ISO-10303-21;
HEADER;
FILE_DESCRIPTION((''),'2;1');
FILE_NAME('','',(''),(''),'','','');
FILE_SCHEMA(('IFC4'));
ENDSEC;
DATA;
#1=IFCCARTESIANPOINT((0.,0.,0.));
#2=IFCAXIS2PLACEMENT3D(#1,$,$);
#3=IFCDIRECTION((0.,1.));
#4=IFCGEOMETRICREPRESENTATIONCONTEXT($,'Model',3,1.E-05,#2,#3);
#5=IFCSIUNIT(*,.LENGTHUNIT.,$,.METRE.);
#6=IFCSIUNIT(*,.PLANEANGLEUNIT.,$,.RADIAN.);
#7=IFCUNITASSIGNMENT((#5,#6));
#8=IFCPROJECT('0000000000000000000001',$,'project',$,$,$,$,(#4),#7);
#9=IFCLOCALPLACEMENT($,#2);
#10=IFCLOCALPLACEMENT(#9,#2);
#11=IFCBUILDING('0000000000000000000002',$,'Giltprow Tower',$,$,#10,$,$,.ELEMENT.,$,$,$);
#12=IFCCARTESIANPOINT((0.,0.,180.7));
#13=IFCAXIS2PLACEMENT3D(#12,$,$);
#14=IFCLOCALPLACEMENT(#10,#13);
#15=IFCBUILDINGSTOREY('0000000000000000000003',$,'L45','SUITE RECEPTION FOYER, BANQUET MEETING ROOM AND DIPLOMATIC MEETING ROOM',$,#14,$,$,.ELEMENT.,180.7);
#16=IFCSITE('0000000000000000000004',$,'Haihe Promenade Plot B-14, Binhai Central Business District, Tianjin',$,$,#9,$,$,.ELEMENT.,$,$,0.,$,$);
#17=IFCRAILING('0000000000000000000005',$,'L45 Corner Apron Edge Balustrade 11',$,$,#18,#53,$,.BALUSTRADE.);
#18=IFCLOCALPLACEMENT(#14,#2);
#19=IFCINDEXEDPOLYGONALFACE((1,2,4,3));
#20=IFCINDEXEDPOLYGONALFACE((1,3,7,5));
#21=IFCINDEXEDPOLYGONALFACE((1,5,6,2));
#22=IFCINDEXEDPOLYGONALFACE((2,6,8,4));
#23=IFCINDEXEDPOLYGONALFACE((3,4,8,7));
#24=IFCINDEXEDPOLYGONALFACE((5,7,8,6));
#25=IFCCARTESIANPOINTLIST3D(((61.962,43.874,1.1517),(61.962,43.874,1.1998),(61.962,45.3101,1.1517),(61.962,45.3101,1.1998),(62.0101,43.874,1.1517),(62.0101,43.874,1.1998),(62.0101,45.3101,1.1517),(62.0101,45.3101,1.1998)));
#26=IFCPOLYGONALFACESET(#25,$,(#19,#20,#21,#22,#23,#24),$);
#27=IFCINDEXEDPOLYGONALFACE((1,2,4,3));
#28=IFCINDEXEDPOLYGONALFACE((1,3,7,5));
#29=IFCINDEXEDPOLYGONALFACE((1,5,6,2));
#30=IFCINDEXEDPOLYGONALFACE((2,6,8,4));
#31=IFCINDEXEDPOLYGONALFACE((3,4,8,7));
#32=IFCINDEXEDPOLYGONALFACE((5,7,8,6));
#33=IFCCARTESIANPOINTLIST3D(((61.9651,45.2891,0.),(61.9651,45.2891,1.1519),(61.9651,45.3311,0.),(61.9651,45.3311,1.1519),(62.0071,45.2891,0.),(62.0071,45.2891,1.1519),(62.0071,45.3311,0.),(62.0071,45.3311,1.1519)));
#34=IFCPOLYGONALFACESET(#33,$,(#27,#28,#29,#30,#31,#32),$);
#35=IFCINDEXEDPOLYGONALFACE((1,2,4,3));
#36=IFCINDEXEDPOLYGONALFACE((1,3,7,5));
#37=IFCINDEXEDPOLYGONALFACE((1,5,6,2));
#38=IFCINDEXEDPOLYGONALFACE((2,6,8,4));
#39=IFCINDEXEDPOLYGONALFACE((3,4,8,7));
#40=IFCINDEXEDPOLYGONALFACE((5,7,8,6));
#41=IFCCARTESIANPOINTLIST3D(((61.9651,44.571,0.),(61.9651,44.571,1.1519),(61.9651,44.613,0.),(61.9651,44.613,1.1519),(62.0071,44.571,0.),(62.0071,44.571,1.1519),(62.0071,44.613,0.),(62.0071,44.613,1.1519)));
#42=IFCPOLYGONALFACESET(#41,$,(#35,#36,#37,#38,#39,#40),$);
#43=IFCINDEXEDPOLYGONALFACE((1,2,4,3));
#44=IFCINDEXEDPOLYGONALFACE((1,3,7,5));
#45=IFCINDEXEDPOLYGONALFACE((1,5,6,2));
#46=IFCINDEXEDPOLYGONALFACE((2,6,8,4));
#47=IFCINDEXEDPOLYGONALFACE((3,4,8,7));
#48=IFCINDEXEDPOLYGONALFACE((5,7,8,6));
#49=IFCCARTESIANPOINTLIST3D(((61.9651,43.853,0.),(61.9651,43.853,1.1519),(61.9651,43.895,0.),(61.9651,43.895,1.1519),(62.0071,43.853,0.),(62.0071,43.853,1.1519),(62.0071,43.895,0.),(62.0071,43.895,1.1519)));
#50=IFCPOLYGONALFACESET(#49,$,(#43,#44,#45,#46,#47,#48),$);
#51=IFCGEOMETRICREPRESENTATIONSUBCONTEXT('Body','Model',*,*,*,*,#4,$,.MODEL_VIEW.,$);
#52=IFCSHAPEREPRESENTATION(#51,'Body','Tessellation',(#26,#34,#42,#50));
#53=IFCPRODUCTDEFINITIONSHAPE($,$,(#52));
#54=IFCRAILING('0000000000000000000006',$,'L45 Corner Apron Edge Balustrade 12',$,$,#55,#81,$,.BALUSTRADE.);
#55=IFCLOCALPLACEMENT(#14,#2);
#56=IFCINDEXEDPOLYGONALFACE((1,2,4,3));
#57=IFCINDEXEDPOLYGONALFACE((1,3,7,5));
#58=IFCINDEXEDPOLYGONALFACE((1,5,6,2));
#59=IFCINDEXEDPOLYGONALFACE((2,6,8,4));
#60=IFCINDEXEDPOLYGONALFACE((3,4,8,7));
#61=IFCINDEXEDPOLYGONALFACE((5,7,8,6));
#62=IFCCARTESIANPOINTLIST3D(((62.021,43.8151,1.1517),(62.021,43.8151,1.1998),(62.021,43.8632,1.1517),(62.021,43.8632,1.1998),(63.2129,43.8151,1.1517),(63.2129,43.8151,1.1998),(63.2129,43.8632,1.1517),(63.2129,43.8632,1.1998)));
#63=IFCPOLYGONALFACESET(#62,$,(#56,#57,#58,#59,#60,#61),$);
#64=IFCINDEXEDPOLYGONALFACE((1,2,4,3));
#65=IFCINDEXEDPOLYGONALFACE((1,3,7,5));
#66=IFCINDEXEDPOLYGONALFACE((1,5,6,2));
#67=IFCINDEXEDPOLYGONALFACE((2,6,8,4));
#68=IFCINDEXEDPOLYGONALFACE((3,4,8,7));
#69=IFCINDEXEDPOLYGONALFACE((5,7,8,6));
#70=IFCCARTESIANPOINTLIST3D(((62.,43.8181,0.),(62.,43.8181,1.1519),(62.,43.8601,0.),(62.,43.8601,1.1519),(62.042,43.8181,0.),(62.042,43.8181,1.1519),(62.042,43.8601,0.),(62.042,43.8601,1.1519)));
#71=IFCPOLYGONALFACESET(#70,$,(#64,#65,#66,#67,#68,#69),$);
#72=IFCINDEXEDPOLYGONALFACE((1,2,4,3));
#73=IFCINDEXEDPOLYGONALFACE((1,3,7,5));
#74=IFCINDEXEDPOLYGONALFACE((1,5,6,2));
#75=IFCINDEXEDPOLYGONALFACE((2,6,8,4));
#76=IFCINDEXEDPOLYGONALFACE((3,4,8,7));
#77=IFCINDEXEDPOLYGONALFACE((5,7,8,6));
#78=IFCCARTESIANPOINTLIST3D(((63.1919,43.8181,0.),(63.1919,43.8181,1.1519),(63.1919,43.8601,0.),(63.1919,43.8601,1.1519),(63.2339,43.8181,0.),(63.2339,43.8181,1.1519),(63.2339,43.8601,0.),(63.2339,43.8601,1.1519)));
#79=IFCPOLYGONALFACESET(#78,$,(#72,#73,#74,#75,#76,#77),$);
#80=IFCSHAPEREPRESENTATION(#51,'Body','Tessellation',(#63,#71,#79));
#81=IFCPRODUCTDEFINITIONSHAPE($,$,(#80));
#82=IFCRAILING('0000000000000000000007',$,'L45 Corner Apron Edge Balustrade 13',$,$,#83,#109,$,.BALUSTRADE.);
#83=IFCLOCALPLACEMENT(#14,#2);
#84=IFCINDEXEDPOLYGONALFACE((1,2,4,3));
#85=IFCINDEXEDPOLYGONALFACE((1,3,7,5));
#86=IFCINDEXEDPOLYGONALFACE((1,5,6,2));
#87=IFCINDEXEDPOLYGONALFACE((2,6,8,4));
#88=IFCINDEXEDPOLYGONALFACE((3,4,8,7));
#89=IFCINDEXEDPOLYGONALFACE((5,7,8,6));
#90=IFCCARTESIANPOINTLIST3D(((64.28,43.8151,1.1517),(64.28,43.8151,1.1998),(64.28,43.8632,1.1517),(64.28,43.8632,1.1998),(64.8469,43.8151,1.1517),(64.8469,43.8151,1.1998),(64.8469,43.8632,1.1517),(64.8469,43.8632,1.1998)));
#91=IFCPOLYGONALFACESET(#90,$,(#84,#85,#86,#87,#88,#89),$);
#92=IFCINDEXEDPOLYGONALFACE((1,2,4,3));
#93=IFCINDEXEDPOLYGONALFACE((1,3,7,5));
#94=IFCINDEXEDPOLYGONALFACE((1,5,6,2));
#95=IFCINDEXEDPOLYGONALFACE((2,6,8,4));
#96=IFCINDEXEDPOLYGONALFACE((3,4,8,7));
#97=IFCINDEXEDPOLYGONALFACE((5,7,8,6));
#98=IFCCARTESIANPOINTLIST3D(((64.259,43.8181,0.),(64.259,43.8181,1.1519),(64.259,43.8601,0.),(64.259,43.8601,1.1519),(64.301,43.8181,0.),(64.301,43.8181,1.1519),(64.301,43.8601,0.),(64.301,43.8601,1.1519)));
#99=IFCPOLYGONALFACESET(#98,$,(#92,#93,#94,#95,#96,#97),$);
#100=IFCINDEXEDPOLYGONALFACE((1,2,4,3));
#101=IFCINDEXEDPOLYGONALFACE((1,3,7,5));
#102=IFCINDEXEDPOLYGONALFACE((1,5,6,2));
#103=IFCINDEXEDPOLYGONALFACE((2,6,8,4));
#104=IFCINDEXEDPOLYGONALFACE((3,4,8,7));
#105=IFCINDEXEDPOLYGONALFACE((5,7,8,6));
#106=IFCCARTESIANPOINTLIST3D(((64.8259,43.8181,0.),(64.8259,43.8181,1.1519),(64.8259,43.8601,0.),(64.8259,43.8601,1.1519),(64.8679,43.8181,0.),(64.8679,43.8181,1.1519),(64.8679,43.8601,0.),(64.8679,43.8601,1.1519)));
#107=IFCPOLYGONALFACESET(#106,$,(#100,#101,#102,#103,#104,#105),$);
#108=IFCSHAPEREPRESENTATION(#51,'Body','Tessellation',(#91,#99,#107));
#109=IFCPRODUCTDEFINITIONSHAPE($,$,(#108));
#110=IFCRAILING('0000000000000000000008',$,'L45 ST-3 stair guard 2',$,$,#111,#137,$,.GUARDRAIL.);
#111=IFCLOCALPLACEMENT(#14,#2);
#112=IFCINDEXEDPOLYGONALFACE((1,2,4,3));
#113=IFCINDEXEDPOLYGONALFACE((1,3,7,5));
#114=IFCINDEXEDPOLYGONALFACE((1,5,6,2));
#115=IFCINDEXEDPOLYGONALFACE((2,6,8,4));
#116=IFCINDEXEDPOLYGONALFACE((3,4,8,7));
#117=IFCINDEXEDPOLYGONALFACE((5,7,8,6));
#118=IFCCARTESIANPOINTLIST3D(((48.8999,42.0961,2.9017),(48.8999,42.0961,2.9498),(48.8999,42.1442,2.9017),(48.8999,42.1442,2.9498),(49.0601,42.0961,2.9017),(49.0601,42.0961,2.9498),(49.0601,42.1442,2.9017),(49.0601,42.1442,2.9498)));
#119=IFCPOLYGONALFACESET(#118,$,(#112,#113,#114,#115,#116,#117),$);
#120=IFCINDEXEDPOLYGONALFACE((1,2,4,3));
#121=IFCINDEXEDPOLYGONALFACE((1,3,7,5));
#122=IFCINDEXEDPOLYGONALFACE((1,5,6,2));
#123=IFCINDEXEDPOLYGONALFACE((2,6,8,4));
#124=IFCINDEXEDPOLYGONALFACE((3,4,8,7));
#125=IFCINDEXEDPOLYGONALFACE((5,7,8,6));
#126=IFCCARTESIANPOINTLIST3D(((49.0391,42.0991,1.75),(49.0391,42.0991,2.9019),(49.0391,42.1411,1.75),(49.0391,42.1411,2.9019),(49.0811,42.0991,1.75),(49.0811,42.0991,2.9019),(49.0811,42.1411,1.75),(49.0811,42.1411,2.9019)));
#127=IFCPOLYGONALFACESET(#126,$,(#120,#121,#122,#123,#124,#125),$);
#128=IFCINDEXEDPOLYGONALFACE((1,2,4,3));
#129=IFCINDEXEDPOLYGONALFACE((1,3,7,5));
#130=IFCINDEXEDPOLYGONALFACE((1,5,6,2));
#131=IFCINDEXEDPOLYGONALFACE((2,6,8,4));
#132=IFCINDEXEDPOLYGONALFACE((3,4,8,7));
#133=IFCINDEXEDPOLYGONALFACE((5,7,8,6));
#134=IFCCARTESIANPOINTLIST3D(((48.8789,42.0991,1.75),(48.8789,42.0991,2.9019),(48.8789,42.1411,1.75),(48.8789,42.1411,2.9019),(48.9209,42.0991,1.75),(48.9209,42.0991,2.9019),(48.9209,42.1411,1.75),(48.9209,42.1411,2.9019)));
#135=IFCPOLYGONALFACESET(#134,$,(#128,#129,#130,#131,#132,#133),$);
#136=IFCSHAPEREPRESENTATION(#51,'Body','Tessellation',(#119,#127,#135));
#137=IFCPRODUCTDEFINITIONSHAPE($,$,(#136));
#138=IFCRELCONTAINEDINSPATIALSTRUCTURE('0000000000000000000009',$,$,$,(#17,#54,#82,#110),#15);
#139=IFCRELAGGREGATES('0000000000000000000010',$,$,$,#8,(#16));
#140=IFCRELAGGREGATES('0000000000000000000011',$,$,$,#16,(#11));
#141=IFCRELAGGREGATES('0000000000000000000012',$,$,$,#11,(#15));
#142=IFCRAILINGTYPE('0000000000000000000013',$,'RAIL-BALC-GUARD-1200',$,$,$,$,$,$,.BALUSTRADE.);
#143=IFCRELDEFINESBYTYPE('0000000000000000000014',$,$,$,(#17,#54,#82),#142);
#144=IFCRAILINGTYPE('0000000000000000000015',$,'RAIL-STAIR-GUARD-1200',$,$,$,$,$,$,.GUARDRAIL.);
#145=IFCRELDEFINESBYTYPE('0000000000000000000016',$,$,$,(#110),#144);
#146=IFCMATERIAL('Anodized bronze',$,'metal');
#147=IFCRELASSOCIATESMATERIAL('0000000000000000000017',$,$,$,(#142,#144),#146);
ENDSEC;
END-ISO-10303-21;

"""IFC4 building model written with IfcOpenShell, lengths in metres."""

from ifc_helpers import new_model, si_unit, direction, frame, origin, origin_2d, place, context, subcontext, project, spatial, rectangle, extrude, material, type_object, element, save


model = new_model("IFC4")

# Units and contexts
model_context = context("Model", 3, precision=1e-05, world=origin(), true_north=direction((0.0, 1.0)))
body_context = subcontext(model_context, "Body", "Model", "MODEL_VIEW")
ifc_project = project(units=[si_unit("LENGTHUNIT", "METRE"), si_unit("PLANEANGLEUNIT", "RADIAN")], contexts=[model_context])

# Site, building, storey
site_placement = place(None, origin())
site = spatial("IfcSite", under=ifc_project, at=site_placement, Name="Haihe Promenade Plot B-14, Binhai Central Business District, Tianjin", CompositionType="ELEMENT", RefElevation=0.0)
building_placement = place(site_placement, origin())
building = spatial("IfcBuilding", under=site, at=building_placement, Name="Giltprow Tower", CompositionType="ELEMENT")
storey_placement = place(building_placement, frame((0.0, 0.0, 180.7)))
storey = spatial("IfcBuildingStorey", under=building, at=storey_placement, Name="L45", Description="SUITE RECEPTION FOYER, BANQUET MEETING ROOM AND DIPLOMATIC MEETING ROOM", CompositionType="ELEMENT", Elevation=180.7)

# Railings
ifc_material_1 = material(Name="Anodized bronze", Category="metal")
railing_type_1 = type_object("IfcRailingType", Name="RAIL-BALC-GUARD-1200", PredefinedType="BALUSTRADE", material=ifc_material_1)
railing_1_placement = place(storey_placement, frame((61.9861, 45.3101, 0.0)))
element("IfcRailing", 1, at=railing_1_placement, inside=storey, type_object=railing_type_1, Name="L45 Corner Apron Edge Balustrade 11", PredefinedType="BALUSTRADE", context=body_context, shape_type="SweptSolid", body=[
    extrude(rectangle(XDim=0.0481, YDim=0.0481, at=origin_2d()), frame((0.0, 0.0, 1.1758), z_axis=(0.0, -1.0, 0.0), x_axis=(1.0, 0.0, 0.0)), (0.0, 0.0, 1.0), 1.436),
    extrude(rectangle(XDim=0.042, YDim=0.042, at=origin_2d()), origin(), (0.0, 0.0, 1.0), 1.1519),
    extrude(rectangle(XDim=0.042, YDim=0.042, at=origin_2d()), frame((0.0, -0.718, 0.0)), (0.0, 0.0, 1.0), 1.1519),
    extrude(rectangle(XDim=0.042, YDim=0.042, at=origin_2d()), frame((0.0, -1.436, 0.0)), (0.0, 0.0, 1.0), 1.1519),
])
railing_2_placement = place(storey_placement, frame((62.021, 43.8391, 0.0)))
element("IfcRailing", 2, at=railing_2_placement, inside=storey, type_object=railing_type_1, Name="L45 Corner Apron Edge Balustrade 12", PredefinedType="BALUSTRADE", context=body_context, shape_type="SweptSolid", body=[
    extrude(rectangle(XDim=0.0481, YDim=0.0481, at=origin_2d()), frame((0.0, 0.0, 1.1758), z_axis=(1.0, 0.0, 0.0), x_axis=(0.0, 1.0, 0.0)), (0.0, 0.0, 1.0), 1.1919),
    extrude(rectangle(XDim=0.042, YDim=0.042, at=origin_2d()), origin(), (0.0, 0.0, 1.0), 1.1519),
    extrude(rectangle(XDim=0.042, YDim=0.042, at=origin_2d()), frame((1.1919, 0.0, 0.0)), (0.0, 0.0, 1.0), 1.1519),
])
railing_3_placement = place(storey_placement, frame((64.28, 43.8391, 0.0)))
element("IfcRailing", 3, at=railing_3_placement, inside=storey, type_object=railing_type_1, Name="L45 Corner Apron Edge Balustrade 13", PredefinedType="BALUSTRADE", context=body_context, shape_type="SweptSolid", body=[
    extrude(rectangle(XDim=0.0481, YDim=0.0481, at=origin_2d()), frame((0.0, 0.0, 1.1758), z_axis=(1.0, 0.0, 0.0), x_axis=(0.0, 1.0, 0.0)), (0.0, 0.0, 1.0), 0.5669),
    extrude(rectangle(XDim=0.042, YDim=0.042, at=origin_2d()), origin(), (0.0, 0.0, 1.0), 1.1519),
    extrude(rectangle(XDim=0.042, YDim=0.042, at=origin_2d()), frame((0.5669, 0.0, 0.0)), (0.0, 0.0, 1.0), 1.1519),
])
railing_type_2 = type_object("IfcRailingType", Name="RAIL-STAIR-GUARD-1200", PredefinedType="GUARDRAIL", material=ifc_material_1)
railing_4_placement = place(storey_placement, frame((49.0601, 42.1201, 1.75)))
element("IfcRailing", 4, at=railing_4_placement, inside=storey, type_object=railing_type_2, Name="L45 ST-3 stair guard 2", PredefinedType="GUARDRAIL", context=body_context, shape_type="SweptSolid", body=[
    extrude(rectangle(XDim=0.0481, YDim=0.0481, at=origin_2d()), frame((0.0, 0.0, 1.1758), z_axis=(-1.0, 0.0, 0.0), x_axis=(0.0, -1.0, 0.0)), (0.0, 0.0, 1.0), 0.1602),
    extrude(rectangle(XDim=0.042, YDim=0.042, at=origin_2d()), origin(), (0.0, 0.0, 1.0), 1.1519),
    extrude(rectangle(XDim=0.042, YDim=0.042, at=origin_2d()), frame((-0.1602, 0.0, 0.0)), (0.0, 0.0, 1.0), 1.1519),
])

save(model, "model.ifc")
